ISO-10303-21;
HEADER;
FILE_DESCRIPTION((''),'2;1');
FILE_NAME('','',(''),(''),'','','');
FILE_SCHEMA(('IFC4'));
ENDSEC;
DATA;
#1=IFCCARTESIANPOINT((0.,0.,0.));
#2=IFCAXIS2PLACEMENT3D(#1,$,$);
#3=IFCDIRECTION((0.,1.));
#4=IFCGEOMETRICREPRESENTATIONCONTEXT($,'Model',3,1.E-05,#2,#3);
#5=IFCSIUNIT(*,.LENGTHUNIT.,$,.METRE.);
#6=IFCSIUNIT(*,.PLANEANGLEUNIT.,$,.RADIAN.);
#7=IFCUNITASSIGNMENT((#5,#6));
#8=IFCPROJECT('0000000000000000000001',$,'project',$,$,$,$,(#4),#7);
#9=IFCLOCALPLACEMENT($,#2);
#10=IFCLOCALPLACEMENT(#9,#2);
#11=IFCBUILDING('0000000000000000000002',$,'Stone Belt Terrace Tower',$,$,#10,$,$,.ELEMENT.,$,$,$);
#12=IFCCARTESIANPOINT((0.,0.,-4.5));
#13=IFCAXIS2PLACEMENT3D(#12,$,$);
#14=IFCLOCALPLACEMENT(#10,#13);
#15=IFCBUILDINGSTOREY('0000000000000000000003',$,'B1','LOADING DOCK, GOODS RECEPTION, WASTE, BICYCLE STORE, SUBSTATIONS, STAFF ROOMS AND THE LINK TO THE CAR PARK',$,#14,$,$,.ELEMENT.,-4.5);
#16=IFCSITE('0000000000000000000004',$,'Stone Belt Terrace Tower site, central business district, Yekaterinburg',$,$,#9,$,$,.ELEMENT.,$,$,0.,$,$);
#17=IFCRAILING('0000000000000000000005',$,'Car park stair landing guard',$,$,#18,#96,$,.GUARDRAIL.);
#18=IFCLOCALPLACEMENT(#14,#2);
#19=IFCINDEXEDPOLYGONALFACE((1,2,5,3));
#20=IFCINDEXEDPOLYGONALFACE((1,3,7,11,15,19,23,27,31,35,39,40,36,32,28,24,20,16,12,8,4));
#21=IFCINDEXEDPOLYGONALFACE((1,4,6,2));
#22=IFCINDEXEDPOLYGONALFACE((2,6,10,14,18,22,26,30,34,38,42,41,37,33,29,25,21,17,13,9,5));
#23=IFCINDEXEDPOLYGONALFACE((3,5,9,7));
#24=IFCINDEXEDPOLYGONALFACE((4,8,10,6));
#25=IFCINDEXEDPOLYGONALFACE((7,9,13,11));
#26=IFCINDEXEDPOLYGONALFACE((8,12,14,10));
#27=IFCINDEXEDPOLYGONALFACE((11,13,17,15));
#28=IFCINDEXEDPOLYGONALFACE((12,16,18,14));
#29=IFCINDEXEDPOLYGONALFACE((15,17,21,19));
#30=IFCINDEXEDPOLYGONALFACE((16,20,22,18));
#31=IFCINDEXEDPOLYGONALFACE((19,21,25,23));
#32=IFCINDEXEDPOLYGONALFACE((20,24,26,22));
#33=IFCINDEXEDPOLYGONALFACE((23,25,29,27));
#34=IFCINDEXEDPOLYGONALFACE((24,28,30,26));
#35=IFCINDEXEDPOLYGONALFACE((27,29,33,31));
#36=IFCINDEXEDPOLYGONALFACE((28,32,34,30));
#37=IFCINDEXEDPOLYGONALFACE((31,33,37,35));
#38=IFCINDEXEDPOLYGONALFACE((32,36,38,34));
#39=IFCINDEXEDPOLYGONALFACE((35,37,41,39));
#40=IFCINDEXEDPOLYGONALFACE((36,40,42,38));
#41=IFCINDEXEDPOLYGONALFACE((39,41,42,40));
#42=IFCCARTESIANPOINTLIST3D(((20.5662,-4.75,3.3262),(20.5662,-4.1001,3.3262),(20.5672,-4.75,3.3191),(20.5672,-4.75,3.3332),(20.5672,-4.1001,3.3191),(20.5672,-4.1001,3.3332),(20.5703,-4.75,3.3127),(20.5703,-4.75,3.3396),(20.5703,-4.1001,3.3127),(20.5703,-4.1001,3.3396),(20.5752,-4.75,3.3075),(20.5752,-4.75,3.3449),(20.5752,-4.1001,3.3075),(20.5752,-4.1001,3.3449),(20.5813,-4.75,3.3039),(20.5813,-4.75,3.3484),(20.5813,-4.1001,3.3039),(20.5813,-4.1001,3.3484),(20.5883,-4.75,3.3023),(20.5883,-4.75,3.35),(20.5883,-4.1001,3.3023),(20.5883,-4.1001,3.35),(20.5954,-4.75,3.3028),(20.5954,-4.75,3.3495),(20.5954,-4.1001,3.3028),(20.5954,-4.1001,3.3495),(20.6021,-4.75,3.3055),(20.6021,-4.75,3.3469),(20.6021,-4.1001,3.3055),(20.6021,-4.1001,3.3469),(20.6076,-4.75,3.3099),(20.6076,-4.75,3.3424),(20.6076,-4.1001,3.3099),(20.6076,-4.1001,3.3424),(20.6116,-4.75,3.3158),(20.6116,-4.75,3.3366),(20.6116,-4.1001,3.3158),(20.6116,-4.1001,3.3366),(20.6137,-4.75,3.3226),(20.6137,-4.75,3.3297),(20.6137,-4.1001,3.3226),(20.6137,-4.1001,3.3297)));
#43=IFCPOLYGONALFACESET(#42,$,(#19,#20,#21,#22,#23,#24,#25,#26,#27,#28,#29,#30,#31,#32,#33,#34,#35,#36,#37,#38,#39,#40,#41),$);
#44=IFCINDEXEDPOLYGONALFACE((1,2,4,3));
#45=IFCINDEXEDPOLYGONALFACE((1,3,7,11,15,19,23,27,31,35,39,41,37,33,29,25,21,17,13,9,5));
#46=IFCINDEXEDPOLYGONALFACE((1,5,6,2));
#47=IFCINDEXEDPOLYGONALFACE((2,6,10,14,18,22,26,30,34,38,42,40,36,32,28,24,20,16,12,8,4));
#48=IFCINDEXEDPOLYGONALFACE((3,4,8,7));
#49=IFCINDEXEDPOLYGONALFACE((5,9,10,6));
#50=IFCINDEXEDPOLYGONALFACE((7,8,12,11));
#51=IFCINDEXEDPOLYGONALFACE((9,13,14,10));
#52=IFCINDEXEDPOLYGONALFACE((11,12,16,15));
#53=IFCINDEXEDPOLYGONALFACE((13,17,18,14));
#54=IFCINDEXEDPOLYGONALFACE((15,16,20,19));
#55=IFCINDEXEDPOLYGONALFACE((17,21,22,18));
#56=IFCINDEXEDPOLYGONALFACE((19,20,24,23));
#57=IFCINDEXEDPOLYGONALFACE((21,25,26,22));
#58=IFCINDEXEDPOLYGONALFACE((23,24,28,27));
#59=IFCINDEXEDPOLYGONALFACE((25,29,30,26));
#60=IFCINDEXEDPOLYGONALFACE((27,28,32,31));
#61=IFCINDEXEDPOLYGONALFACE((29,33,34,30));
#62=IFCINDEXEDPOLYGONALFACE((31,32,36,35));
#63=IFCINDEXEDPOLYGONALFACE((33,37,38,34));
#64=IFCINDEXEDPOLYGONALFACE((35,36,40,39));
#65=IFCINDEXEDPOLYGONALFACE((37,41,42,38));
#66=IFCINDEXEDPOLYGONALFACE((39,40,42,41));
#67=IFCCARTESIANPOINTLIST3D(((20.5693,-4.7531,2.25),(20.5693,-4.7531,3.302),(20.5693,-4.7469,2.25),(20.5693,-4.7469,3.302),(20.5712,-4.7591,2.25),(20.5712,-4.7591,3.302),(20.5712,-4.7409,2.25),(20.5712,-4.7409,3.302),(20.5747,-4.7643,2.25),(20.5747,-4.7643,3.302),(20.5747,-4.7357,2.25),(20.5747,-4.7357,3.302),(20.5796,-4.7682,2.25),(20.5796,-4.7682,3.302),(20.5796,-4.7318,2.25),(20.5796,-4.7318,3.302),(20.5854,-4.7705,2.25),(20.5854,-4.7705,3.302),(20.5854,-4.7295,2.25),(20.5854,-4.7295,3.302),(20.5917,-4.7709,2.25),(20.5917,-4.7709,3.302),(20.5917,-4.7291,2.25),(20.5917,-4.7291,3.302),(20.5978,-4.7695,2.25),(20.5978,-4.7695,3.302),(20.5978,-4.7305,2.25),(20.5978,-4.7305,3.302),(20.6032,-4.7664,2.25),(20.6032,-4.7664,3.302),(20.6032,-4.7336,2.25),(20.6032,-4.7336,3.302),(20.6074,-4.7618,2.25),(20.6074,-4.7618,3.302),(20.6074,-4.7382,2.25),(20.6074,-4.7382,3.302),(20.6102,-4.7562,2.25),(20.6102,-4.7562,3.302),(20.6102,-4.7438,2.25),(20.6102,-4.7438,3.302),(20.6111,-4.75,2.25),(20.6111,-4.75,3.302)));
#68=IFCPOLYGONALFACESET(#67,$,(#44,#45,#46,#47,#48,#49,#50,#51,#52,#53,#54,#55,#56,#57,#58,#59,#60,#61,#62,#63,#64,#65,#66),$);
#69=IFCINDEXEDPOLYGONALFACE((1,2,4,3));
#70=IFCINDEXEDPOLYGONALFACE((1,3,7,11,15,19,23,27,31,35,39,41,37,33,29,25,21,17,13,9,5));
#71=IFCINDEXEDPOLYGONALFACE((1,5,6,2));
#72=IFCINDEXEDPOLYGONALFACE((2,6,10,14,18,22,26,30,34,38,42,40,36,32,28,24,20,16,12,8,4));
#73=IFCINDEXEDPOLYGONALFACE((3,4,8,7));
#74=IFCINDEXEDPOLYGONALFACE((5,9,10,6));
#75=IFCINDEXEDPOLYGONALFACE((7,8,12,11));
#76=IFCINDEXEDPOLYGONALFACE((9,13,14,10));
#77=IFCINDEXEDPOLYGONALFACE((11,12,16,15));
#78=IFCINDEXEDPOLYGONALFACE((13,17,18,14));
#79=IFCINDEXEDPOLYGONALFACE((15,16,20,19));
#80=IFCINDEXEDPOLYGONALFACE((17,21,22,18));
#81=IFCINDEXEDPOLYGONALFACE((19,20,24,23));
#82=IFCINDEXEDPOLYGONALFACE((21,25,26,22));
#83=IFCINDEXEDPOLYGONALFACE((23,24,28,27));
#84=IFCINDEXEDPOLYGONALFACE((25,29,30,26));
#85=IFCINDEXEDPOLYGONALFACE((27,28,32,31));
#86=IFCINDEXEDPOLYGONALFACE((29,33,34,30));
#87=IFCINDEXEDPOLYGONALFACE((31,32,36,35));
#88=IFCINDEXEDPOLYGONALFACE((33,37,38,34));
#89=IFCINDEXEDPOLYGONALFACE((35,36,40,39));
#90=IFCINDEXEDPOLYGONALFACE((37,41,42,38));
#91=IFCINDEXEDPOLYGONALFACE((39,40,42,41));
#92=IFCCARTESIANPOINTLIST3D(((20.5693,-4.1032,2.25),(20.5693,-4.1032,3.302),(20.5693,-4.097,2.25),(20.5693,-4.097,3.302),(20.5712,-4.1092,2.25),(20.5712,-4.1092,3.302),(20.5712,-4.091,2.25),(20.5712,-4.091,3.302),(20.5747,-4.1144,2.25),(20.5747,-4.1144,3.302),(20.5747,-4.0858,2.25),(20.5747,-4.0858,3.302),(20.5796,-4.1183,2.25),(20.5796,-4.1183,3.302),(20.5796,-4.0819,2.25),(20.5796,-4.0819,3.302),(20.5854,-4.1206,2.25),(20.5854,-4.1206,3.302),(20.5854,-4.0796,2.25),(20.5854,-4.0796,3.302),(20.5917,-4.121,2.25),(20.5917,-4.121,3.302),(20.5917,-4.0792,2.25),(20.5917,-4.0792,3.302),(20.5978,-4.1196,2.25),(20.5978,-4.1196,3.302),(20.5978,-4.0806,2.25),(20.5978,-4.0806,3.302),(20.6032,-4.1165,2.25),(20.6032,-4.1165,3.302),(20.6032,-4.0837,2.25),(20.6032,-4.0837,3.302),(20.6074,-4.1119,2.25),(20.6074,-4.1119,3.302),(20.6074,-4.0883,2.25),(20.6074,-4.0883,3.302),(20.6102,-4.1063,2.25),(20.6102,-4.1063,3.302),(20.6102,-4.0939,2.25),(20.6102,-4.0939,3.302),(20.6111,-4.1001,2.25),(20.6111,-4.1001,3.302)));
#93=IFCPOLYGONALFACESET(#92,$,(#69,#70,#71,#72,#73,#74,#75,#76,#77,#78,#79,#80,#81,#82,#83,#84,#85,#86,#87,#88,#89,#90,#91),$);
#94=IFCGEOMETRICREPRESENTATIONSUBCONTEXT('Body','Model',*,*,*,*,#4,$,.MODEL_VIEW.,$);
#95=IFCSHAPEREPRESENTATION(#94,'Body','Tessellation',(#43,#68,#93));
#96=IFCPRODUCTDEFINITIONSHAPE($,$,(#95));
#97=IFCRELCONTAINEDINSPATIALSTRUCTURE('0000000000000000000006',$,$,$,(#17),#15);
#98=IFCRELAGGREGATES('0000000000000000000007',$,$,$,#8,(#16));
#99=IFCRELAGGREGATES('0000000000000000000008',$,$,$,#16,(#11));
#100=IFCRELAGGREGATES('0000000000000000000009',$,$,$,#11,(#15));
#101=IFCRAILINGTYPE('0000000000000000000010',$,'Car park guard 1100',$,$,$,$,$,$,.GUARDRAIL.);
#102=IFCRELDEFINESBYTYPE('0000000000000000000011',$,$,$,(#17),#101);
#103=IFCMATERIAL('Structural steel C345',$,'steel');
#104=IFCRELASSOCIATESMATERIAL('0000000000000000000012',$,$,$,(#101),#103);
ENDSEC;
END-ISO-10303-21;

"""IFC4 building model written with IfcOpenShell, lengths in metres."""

from ifc_helpers import new_model, si_unit, direction, frame, origin, origin_2d, place, context, subcontext, project, spatial, circle, extrude, material, type_object, element, save


model = new_model("IFC4")

# Units and contexts
model_context = context("Model", 3, precision=1e-05, world=origin(), true_north=direction((0.0, 1.0)))
body_context = subcontext(model_context, "Body", "Model", "MODEL_VIEW")
ifc_project = project(units=[si_unit("LENGTHUNIT", "METRE"), si_unit("PLANEANGLEUNIT", "RADIAN")], contexts=[model_context])

# Site, building, storey
site_placement = place(None, origin())
site = spatial("IfcSite", under=ifc_project, at=site_placement, Name="Stone Belt Terrace Tower site, central business district, Yekaterinburg", CompositionType="ELEMENT", RefElevation=0.0)
building_placement = place(site_placement, origin())
building = spatial("IfcBuilding", under=site, at=building_placement, Name="Stone Belt Terrace Tower", CompositionType="ELEMENT")
storey_placement = place(building_placement, frame((0.0, 0.0, -4.5)))
storey = spatial("IfcBuildingStorey", under=building, at=storey_placement, Name="B1", Description="LOADING DOCK, GOODS RECEPTION, WASTE, BICYCLE STORE, SUBSTATIONS, STAFF ROOMS AND THE LINK TO THE CAR PARK", CompositionType="ELEMENT", Elevation=-4.5)

# Railing
ifc_material_1 = material(Name="Structural steel C345", Category="steel")
railing_type_1 = type_object("IfcRailingType", Name="Car park guard 1100", PredefinedType="GUARDRAIL", material=ifc_material_1)
railing_1_placement = place(storey_placement, frame((20.5901, -4.75, 2.25)))
element("IfcRailing", 1, at=railing_1_placement, inside=storey, type_object=railing_type_1, Name="Car park stair landing guard", PredefinedType="GUARDRAIL", context=body_context, shape_type="SweptSolid", body=[
    extrude(circle(Radius=0.0239, at=origin_2d()), frame((0.0, 0.0, 1.0762), z_axis=(0.0, 1.0, 0.0), x_axis=(-1.0, 0.0, 0.0)), (0.0, 0.0, 1.0), 0.6499),
    extrude(circle(Radius=0.021, at=origin_2d()), origin(), (0.0, 0.0, 1.0), 1.052),
    extrude(circle(Radius=0.021, at=origin_2d()), frame((0.0, 0.6499, 0.0)), (0.0, 0.0, 1.0), 1.052),
])

save(model, "model.ifc")
